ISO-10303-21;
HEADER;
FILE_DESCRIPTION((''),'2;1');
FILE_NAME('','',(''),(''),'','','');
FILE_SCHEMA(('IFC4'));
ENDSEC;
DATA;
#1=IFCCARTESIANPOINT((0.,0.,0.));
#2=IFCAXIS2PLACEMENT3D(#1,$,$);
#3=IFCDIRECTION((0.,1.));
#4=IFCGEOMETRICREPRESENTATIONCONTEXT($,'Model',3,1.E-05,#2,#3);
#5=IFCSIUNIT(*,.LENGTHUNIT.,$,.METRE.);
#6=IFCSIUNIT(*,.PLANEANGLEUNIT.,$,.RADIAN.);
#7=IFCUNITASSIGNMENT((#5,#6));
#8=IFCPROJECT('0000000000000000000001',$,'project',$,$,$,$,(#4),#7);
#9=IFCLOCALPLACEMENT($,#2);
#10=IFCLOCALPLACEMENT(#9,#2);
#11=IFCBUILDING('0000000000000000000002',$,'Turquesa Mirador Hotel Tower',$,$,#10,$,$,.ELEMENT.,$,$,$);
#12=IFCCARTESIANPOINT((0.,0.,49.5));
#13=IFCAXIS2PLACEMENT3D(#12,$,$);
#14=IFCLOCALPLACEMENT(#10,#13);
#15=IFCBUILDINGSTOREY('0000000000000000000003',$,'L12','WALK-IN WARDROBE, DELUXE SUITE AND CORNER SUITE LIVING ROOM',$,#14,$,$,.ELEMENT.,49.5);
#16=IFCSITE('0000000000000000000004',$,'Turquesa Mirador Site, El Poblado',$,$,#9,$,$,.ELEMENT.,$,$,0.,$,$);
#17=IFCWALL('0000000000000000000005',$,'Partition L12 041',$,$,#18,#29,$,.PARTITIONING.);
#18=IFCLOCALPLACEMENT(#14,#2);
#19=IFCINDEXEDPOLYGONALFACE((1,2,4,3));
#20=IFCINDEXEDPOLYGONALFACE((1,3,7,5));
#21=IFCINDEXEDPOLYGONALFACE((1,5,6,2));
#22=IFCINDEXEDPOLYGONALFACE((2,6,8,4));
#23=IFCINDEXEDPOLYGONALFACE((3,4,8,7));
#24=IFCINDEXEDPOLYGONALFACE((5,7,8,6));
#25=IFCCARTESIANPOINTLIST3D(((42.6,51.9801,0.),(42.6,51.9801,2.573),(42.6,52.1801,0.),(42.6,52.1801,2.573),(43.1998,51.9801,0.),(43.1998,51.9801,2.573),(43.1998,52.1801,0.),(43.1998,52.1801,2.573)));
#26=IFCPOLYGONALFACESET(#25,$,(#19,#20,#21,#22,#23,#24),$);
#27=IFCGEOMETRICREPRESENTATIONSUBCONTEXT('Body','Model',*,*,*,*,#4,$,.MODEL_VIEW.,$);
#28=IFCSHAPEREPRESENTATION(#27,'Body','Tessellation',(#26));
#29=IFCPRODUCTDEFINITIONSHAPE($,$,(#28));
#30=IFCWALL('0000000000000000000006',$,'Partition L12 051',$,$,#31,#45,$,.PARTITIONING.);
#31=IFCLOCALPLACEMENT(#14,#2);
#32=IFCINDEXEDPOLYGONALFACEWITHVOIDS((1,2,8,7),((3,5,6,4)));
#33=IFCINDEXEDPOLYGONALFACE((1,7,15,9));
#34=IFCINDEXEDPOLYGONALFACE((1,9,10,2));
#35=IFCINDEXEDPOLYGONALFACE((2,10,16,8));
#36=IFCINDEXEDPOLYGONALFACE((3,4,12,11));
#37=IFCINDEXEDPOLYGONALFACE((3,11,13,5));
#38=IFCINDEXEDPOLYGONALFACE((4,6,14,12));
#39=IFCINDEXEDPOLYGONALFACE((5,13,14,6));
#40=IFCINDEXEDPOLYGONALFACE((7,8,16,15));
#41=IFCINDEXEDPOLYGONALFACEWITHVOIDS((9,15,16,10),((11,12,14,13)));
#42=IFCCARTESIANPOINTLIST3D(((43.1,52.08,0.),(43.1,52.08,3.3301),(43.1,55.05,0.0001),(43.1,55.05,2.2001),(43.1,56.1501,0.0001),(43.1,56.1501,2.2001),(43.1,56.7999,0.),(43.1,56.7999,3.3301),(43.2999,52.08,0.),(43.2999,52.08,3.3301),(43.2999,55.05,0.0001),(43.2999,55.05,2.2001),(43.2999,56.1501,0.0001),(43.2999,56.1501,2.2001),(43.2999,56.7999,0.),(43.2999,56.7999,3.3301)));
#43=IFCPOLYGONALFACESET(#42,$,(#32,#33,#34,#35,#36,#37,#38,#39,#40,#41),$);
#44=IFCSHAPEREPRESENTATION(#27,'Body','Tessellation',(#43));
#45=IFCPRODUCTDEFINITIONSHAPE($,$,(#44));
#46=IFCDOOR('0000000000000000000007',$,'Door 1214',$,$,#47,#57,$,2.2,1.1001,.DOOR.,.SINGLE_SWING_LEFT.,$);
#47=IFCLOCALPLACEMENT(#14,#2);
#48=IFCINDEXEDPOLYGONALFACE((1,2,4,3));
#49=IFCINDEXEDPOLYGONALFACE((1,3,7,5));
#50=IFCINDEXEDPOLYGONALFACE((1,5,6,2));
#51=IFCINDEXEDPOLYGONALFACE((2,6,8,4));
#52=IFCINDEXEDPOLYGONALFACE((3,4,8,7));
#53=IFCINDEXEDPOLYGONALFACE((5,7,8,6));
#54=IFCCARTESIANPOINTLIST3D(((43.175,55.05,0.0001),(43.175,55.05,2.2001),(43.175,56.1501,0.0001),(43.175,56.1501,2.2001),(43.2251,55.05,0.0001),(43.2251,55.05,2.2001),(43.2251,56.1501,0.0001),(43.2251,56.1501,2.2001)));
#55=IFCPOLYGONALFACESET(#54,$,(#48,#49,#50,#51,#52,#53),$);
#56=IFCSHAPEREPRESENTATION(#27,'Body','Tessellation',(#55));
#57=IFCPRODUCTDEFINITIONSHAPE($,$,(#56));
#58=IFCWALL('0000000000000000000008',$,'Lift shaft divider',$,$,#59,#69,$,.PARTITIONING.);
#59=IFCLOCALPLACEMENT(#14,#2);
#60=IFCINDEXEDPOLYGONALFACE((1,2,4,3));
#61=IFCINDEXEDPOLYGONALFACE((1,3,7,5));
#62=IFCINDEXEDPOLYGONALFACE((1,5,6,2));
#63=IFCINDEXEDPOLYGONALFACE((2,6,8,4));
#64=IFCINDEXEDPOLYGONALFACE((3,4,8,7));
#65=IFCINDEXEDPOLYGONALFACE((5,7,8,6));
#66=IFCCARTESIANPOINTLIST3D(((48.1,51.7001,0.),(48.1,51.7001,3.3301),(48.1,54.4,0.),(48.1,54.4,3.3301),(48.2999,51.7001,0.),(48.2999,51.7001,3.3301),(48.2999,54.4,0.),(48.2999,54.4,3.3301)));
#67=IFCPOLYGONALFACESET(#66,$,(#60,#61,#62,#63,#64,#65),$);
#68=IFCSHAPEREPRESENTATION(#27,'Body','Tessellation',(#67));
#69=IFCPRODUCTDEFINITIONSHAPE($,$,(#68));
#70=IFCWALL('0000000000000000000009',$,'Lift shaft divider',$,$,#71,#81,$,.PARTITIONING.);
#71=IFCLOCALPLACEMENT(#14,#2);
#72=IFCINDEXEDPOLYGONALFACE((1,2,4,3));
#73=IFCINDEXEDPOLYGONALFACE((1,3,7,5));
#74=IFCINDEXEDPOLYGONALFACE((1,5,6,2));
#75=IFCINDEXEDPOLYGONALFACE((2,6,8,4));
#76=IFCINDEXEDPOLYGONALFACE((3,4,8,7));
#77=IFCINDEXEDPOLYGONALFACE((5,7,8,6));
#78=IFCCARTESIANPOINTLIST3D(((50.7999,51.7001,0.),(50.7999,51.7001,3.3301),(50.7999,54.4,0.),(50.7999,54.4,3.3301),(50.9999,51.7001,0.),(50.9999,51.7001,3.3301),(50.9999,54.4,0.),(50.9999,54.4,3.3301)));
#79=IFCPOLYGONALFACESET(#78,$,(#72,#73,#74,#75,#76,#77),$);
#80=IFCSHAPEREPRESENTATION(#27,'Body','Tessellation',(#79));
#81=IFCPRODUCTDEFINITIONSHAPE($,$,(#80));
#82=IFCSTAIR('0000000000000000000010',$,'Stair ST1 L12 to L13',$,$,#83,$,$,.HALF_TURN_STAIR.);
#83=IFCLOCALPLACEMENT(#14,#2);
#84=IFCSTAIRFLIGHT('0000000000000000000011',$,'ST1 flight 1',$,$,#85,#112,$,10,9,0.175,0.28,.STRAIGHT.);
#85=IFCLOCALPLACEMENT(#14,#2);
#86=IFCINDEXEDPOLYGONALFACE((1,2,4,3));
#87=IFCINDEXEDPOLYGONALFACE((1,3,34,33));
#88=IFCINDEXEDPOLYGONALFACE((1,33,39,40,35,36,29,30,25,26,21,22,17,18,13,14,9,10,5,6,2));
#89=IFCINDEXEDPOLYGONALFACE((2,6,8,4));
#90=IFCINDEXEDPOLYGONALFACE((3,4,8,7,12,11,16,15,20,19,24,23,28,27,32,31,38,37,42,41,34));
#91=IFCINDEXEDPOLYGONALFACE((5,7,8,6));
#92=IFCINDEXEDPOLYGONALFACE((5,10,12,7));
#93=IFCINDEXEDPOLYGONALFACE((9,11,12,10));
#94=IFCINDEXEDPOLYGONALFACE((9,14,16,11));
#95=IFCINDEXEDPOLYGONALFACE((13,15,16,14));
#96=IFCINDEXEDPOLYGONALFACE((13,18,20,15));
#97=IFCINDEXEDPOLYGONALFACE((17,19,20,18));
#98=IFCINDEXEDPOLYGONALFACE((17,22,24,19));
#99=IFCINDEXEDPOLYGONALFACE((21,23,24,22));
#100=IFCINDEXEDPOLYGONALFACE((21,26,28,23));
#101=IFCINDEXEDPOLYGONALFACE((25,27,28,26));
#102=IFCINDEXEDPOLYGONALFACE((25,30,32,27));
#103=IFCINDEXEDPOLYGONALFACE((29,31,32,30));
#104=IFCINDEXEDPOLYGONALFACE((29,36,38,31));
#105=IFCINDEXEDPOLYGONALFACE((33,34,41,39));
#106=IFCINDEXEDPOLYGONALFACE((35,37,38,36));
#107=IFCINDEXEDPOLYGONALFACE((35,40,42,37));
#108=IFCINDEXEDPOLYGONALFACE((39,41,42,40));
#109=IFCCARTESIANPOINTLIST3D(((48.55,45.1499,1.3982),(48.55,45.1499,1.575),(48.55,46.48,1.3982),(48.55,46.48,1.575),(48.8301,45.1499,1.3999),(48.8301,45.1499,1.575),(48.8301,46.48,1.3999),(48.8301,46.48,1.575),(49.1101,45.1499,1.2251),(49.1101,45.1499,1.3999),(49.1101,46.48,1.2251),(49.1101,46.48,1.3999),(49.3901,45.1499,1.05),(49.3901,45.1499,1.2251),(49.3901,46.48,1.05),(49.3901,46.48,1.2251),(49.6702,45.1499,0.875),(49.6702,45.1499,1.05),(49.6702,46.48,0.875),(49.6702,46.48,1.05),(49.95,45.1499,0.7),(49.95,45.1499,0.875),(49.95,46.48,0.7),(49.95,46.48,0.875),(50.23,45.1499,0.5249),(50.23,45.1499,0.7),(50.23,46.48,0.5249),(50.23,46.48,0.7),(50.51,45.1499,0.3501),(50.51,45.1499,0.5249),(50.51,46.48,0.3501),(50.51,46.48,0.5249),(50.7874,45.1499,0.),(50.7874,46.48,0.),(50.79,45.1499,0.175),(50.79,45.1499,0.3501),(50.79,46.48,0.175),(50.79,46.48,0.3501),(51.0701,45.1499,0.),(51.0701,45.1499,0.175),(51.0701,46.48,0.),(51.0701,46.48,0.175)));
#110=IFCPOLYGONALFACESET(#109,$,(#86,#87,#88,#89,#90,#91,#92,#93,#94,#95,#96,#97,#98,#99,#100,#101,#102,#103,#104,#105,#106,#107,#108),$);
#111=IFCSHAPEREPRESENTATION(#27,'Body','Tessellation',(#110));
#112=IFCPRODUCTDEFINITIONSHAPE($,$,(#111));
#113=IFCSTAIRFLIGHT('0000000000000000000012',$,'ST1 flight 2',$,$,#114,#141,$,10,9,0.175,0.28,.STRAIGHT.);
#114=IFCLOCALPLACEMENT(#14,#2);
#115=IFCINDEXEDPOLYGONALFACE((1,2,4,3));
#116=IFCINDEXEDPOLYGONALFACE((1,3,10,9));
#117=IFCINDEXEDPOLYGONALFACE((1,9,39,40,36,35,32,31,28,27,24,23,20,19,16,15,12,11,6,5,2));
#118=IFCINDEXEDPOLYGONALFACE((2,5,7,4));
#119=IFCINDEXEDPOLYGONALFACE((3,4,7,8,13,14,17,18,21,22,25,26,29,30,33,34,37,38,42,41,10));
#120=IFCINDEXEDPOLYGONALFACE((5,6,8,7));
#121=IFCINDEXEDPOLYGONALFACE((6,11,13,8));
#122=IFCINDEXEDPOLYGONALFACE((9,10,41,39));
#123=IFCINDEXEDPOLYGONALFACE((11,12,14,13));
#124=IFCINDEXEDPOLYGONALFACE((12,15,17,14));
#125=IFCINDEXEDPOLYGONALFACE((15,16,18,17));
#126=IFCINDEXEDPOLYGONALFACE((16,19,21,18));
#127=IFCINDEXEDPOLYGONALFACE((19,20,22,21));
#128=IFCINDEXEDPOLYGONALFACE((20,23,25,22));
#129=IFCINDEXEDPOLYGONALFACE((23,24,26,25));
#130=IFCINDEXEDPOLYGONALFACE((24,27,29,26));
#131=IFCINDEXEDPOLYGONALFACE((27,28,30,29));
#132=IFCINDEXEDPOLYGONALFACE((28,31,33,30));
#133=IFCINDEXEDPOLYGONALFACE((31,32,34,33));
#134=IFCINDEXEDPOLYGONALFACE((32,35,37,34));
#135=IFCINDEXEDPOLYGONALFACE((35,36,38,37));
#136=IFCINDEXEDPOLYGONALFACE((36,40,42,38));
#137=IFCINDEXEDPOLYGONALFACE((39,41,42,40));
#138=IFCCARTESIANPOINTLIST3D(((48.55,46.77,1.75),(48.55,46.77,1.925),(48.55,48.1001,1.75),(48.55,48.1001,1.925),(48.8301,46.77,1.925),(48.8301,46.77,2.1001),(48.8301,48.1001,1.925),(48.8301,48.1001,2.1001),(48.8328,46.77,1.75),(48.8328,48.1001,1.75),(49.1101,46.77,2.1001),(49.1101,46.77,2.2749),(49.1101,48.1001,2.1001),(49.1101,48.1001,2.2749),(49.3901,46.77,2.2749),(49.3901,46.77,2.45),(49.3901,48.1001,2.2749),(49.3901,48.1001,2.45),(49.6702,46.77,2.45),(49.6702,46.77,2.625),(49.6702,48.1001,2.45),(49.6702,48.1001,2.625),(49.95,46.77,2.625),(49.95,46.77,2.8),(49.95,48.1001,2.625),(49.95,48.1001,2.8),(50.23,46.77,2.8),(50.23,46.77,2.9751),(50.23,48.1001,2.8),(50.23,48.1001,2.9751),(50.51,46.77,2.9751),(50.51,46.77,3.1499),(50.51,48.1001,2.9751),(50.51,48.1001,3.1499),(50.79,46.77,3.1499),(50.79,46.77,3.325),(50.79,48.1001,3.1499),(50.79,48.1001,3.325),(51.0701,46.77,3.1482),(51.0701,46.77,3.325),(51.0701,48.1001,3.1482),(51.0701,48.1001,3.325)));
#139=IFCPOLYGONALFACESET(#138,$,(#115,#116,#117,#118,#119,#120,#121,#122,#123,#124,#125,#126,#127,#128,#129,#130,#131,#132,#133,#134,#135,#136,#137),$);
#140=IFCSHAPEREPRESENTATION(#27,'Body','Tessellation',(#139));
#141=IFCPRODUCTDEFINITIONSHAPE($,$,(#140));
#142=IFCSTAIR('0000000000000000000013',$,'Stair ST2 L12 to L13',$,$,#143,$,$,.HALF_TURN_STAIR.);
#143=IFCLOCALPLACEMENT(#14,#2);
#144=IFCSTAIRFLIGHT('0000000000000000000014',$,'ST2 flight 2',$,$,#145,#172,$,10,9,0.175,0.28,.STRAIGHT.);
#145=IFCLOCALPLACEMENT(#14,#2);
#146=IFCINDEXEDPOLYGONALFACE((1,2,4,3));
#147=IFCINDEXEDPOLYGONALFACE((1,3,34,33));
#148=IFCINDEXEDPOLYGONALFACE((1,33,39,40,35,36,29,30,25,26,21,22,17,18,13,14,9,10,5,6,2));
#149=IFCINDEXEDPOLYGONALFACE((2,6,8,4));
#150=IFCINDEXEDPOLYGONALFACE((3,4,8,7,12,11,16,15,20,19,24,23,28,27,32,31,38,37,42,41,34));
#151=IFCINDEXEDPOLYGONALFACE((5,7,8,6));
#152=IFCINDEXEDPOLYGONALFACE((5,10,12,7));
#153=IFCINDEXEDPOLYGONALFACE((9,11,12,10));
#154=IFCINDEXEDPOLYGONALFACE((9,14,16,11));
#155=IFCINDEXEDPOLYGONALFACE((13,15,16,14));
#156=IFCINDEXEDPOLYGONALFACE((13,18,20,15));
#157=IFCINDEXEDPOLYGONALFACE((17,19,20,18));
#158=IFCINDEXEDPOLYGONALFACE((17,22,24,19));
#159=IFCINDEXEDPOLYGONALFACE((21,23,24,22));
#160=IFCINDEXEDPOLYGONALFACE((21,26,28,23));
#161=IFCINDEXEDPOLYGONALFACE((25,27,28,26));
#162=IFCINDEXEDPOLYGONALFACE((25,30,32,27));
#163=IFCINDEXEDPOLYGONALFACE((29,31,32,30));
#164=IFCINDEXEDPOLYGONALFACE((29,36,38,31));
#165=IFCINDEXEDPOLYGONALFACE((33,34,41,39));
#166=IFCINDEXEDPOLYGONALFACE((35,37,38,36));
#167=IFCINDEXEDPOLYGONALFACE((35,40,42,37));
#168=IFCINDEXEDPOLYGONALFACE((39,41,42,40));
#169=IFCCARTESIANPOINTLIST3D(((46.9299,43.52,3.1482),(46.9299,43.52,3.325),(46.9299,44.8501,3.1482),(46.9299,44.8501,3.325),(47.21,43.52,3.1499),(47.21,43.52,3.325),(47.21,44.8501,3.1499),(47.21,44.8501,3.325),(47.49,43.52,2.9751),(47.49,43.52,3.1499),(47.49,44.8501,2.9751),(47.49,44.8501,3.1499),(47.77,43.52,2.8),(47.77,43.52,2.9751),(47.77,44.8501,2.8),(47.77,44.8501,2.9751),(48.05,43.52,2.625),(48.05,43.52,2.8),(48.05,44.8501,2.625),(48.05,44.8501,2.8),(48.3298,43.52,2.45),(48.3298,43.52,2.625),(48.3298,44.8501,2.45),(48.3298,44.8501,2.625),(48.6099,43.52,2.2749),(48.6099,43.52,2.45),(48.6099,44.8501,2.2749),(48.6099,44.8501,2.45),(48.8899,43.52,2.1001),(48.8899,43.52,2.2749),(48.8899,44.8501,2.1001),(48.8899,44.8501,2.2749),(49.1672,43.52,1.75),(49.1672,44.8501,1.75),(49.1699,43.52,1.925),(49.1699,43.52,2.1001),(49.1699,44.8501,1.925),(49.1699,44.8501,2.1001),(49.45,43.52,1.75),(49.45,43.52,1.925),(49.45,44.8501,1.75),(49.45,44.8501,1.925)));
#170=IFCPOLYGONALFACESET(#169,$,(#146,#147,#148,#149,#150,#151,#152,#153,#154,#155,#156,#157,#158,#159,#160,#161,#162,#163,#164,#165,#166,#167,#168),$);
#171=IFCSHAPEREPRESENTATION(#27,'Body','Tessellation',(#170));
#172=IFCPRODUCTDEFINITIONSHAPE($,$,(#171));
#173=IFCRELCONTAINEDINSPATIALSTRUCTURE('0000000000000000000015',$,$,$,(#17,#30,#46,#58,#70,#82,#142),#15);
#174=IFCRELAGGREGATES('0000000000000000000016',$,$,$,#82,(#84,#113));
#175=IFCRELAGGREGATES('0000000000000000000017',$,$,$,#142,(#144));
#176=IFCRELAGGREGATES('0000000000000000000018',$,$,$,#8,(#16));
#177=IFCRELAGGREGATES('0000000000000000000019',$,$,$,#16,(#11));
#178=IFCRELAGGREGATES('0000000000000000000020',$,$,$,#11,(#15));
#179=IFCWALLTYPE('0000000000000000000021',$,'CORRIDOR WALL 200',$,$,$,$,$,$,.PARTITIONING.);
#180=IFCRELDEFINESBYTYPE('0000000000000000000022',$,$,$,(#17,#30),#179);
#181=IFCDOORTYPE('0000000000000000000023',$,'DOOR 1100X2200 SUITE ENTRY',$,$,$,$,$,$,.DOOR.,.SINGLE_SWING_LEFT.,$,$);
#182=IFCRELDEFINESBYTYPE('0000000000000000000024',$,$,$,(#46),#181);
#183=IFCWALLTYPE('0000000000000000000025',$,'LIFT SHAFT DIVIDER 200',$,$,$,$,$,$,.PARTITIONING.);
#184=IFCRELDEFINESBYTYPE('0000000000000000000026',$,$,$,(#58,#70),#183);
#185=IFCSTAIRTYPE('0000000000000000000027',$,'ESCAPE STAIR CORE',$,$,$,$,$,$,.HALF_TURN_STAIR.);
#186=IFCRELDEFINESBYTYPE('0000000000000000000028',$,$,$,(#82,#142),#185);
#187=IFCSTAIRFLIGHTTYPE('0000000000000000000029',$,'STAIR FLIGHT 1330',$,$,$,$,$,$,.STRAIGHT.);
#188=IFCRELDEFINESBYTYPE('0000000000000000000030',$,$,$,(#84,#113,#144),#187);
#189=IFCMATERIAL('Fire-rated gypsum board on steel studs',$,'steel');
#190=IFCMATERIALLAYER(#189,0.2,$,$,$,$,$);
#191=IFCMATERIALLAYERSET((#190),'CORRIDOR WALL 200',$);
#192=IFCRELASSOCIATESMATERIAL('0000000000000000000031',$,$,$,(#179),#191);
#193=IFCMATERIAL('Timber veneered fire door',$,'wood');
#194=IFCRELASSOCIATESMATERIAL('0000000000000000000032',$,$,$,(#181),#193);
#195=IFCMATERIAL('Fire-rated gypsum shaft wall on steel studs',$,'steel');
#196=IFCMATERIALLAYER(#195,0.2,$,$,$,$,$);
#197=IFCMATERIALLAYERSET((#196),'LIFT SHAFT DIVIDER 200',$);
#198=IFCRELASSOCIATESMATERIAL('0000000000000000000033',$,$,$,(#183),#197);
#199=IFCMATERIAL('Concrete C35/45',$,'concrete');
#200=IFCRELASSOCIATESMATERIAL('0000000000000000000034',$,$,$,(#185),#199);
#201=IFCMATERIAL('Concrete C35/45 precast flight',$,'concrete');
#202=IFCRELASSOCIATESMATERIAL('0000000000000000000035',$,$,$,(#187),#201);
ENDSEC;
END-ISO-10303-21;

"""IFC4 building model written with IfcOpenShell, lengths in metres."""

from ifc_helpers import new_model, si_unit, direction, frame, frame_2d, origin, place, context, subcontext, project, spatial, polyline, rectangle, outline, extrude, material, layer, layer_set, type_object, element, fill, aggregate, save


model = new_model("IFC4")

# Units and contexts
model_context = context("Model", 3, precision=1e-05, world=origin(), true_north=direction((0.0, 1.0)))
body_context = subcontext(model_context, "Body", "Model", "MODEL_VIEW")
ifc_project = project(units=[si_unit("LENGTHUNIT", "METRE"), si_unit("PLANEANGLEUNIT", "RADIAN")], contexts=[model_context])

# Site, building, storey
site_placement = place(None, origin())
site = spatial("IfcSite", under=ifc_project, at=site_placement, Name="Turquesa Mirador Site, El Poblado", CompositionType="ELEMENT", RefElevation=0.0)
building_placement = place(site_placement, origin())
building = spatial("IfcBuilding", under=site, at=building_placement, Name="Turquesa Mirador Hotel Tower", CompositionType="ELEMENT")
storey_placement = place(building_placement, frame((0.0, 0.0, 49.5)))
storey = spatial("IfcBuildingStorey", under=building, at=storey_placement, Name="L12", Description="WALK-IN WARDROBE, DELUXE SUITE AND CORNER SUITE LIVING ROOM", CompositionType="ELEMENT", Elevation=49.5)

# Wall
ifc_material_1 = material(Name="Fire-rated gypsum board on steel studs", Category="steel")
ifc_layer_1 = layer(ifc_material_1, 0.2)
ifc_layer_set_1 = layer_set([ifc_layer_1], Name="CORRIDOR WALL 200")
wall_type_1 = type_object("IfcWallType", Name="CORRIDOR WALL 200", PredefinedType="PARTITIONING", material=ifc_layer_set_1)
wall_1_placement = place(storey_placement, frame((42.6001, 52.0801, 0.0), z_axis=(0.0, 0.0, 1.0), x_axis=(1.0, 0.0, 0.0)))
element("IfcWall", 1, at=wall_1_placement, inside=storey, type_object=wall_type_1, Name="Partition L12 041", PredefinedType="PARTITIONING", context=body_context, shape_type="SweptSolid", body=[
    extrude(rectangle(XDim=0.5999, YDim=0.2, at=frame_2d((0.2998, 0.0))), origin(), (0.0, 0.0, 1.0), 2.573),
])

# Wall, opening, door
wall_2_placement = place(storey_placement, frame((43.2, 52.0801, 0.0), z_axis=(0.0, 0.0, 1.0), x_axis=(0.0, 1.0, 0.0)))
wall_2 = element("IfcWall", 2, at=wall_2_placement, inside=storey, type_object=wall_type_1, Name="Partition L12 051", PredefinedType="PARTITIONING", context=body_context, shape_type="SweptSolid", body=[
    extrude(rectangle(XDim=4.72, YDim=0.2, at=frame_2d((2.3599, 0.0))), origin(), (0.0, 0.0, 1.0), 3.3301),
])
opening_1_placement = place(wall_2_placement, frame((2.97, 0.0, 0.0)))
opening_1 = element("IfcOpeningElement", 3, at=opening_1_placement, cuts=wall_2, PredefinedType="OPENING", context=body_context, shape_type="SweptSolid", body=[
    extrude(rectangle(XDim=1.1001, YDim=2.2, at=frame_2d((0.55, 1.1001))), frame((0.0, 0.1099, 0.0), z_axis=(0.0, -1.0, 0.0), x_axis=(1.0, 0.0, 0.0)), (0.0, 0.0, 1.0), 0.22),
])
ifc_material_2 = material(Name="Timber veneered fire door", Category="wood")
door_type_1 = type_object("IfcDoorType", Name="DOOR 1100X2200 SUITE ENTRY", OperationType="SINGLE_SWING_LEFT", PredefinedType="DOOR", material=ifc_material_2)
door_1_placement = place(opening_1_placement, origin())
door_1 = element("IfcDoor", 4, at=door_1_placement, inside=storey, type_object=door_type_1, Name="Door 1214", OperationType="SINGLE_SWING_LEFT", OverallHeight=2.2, OverallWidth=1.1001, PredefinedType="DOOR", context=body_context, shape_type="SweptSolid", body=[
    extrude(rectangle(XDim=1.1001, YDim=2.2, at=frame_2d((0.55, 1.1001))), frame((0.0, 0.0249, 0.0), z_axis=(0.0, -1.0, 0.0), x_axis=(1.0, 0.0, 0.0)), (0.0, 0.0, 1.0), 0.05),
])
fill(opening_1, door_1)

# Walls
ifc_material_3 = material(Name="Fire-rated gypsum shaft wall on steel studs", Category="steel")
ifc_layer_2 = layer(ifc_material_3, 0.2)
ifc_layer_set_2 = layer_set([ifc_layer_2], Name="LIFT SHAFT DIVIDER 200")
wall_type_2 = type_object("IfcWallType", Name="LIFT SHAFT DIVIDER 200", PredefinedType="PARTITIONING", material=ifc_layer_set_2)
for number, where, z_axis, x_axis, name in (
    (5, (48.2, 51.7, 0.0), (0.0, 0.0, 1.0), (0.0, 1.0, 0.0), "Lift shaft divider"),
    (6, (50.8999, 51.7, 0.0), (0.0, 0.0, 1.0), (0.0, 1.0, 0.0), "Lift shaft divider"),
):
    element("IfcWall", number, at=place(storey_placement, frame(where, z_axis=z_axis, x_axis=x_axis)), inside=storey, type_object=wall_type_2, Name=name, PredefinedType="PARTITIONING", context=body_context, shape_type="SweptSolid", body=[
        extrude(rectangle(XDim=2.7, YDim=0.2, at=frame_2d((1.3501, 0.0))), origin(), (0.0, 0.0, 1.0), 3.3301),
    ])

# Stair, stair flights
ifc_material_4 = material(Name="Concrete C35/45", Category="concrete")
stair_type = type_object("IfcStairType", Name="ESCAPE STAIR CORE", PredefinedType="HALF_TURN_STAIR", material=ifc_material_4)
stair_1_placement = place(storey_placement, origin())
stair_1 = element("IfcStair", 7, at=stair_1_placement, inside=storey, type_object=stair_type, Name="Stair ST1 L12 to L13", PredefinedType="HALF_TURN_STAIR")
ifc_material_5 = material(Name="Concrete C35/45 precast flight", Category="concrete")
stair_flight_type = type_object("IfcStairFlightType", Name="STAIR FLIGHT 1330", PredefinedType="STRAIGHT", material=ifc_material_5)
stair_flight_1_placement = place(storey_placement, frame((51.0701, 45.8149, 0.0), z_axis=(0.0, 0.0, 1.0), x_axis=(-1.0, 0.0, 0.0)))
stair_flight_1 = element("IfcStairFlight", 8, at=stair_flight_1_placement, type_object=stair_flight_type, Name="ST1 flight 1", NumberOfRisers=10, NumberOfTreads=9, PredefinedType="STRAIGHT", RiserHeight=0.175, TreadLength=0.28, context=body_context, shape_type="SweptSolid", body=[
    extrude(outline(polyline([(0.0, 0.0), (0.0, 0.175), (0.28, 0.175), (0.28, 0.3501), (0.5601, 0.3501), (0.5601, 0.5249), (0.8401, 0.5249), (0.8401, 0.7), (1.1201, 0.7), (1.1201, 0.875), (1.3999, 0.875), (1.3999, 1.05), (1.6799, 1.05), (1.6799, 1.2251), (1.96, 1.2251), (1.96, 1.3999), (2.24, 1.3999), (2.24, 1.575), (2.52, 1.575), (2.52, 1.75), (2.52, 1.3982), (0.2827, 0.0), (0.0, 0.0)])), frame((0.0, 0.665, 0.0), z_axis=(0.0, -1.0, 0.0), x_axis=(1.0, 0.0, 0.0)), (0.0, 0.0, 1.0), 1.3301),
])
stair_flight_2_placement = place(storey_placement, frame((48.55, 47.4351, 1.75), z_axis=(0.0, 0.0, 1.0), x_axis=(1.0, 0.0, 0.0)))
stair_flight_2 = element("IfcStairFlight", 9, at=stair_flight_2_placement, type_object=stair_flight_type, Name="ST1 flight 2", NumberOfRisers=10, NumberOfTreads=9, PredefinedType="STRAIGHT", RiserHeight=0.175, TreadLength=0.28, context=body_context, shape_type="SweptSolid", body=[
    extrude(outline(polyline([(0.0, 0.0), (0.0, 0.175), (0.28, 0.175), (0.28, 0.3501), (0.5601, 0.3501), (0.5601, 0.5249), (0.8401, 0.5249), (0.8401, 0.7), (1.1201, 0.7), (1.1201, 0.875), (1.3999, 0.875), (1.3999, 1.05), (1.6799, 1.05), (1.6799, 1.2251), (1.96, 1.2251), (1.96, 1.3999), (2.24, 1.3999), (2.24, 1.575), (2.52, 1.575), (2.52, 1.75), (2.52, 1.3982), (0.2827, 0.0), (0.0, 0.0)])), frame((0.0, 0.665, 0.0), z_axis=(0.0, -1.0, 0.0), x_axis=(1.0, 0.0, 0.0)), (0.0, 0.0, 1.0), 1.3301),
])
aggregate(stair_1, [stair_flight_1, stair_flight_2])

# Stair, stair flight
stair_2_placement = place(storey_placement, origin())
stair_2 = element("IfcStair", 10, at=stair_2_placement, inside=storey, type_object=stair_type, Name="Stair ST2 L12 to L13", PredefinedType="HALF_TURN_STAIR")
stair_flight_3_placement = place(storey_placement, frame((49.45, 44.1851, 1.75), z_axis=(0.0, 0.0, 1.0), x_axis=(-1.0, 0.0, 0.0)))
stair_flight_3 = element("IfcStairFlight", 11, at=stair_flight_3_placement, type_object=stair_flight_type, Name="ST2 flight 2", NumberOfRisers=10, NumberOfTreads=9, PredefinedType="STRAIGHT", RiserHeight=0.175, TreadLength=0.28, context=body_context, shape_type="SweptSolid", body=[
    extrude(outline(polyline([(0.0, 0.0), (0.0, 0.175), (0.28, 0.175), (0.28, 0.3501), (0.5601, 0.3501), (0.5601, 0.5249), (0.8401, 0.5249), (0.8401, 0.7), (1.1201, 0.7), (1.1201, 0.875), (1.3999, 0.875), (1.3999, 1.05), (1.6799, 1.05), (1.6799, 1.2251), (1.96, 1.2251), (1.96, 1.3999), (2.24, 1.3999), (2.24, 1.575), (2.52, 1.575), (2.52, 1.75), (2.52, 1.3982), (0.2827, 0.0), (0.0, 0.0)])), frame((0.0, 0.665, 0.0), z_axis=(0.0, -1.0, 0.0), x_axis=(1.0, 0.0, 0.0)), (0.0, 0.0, 1.0), 1.3301),
])
aggregate(stair_2, [stair_flight_3])

save(model, "model.ifc")
